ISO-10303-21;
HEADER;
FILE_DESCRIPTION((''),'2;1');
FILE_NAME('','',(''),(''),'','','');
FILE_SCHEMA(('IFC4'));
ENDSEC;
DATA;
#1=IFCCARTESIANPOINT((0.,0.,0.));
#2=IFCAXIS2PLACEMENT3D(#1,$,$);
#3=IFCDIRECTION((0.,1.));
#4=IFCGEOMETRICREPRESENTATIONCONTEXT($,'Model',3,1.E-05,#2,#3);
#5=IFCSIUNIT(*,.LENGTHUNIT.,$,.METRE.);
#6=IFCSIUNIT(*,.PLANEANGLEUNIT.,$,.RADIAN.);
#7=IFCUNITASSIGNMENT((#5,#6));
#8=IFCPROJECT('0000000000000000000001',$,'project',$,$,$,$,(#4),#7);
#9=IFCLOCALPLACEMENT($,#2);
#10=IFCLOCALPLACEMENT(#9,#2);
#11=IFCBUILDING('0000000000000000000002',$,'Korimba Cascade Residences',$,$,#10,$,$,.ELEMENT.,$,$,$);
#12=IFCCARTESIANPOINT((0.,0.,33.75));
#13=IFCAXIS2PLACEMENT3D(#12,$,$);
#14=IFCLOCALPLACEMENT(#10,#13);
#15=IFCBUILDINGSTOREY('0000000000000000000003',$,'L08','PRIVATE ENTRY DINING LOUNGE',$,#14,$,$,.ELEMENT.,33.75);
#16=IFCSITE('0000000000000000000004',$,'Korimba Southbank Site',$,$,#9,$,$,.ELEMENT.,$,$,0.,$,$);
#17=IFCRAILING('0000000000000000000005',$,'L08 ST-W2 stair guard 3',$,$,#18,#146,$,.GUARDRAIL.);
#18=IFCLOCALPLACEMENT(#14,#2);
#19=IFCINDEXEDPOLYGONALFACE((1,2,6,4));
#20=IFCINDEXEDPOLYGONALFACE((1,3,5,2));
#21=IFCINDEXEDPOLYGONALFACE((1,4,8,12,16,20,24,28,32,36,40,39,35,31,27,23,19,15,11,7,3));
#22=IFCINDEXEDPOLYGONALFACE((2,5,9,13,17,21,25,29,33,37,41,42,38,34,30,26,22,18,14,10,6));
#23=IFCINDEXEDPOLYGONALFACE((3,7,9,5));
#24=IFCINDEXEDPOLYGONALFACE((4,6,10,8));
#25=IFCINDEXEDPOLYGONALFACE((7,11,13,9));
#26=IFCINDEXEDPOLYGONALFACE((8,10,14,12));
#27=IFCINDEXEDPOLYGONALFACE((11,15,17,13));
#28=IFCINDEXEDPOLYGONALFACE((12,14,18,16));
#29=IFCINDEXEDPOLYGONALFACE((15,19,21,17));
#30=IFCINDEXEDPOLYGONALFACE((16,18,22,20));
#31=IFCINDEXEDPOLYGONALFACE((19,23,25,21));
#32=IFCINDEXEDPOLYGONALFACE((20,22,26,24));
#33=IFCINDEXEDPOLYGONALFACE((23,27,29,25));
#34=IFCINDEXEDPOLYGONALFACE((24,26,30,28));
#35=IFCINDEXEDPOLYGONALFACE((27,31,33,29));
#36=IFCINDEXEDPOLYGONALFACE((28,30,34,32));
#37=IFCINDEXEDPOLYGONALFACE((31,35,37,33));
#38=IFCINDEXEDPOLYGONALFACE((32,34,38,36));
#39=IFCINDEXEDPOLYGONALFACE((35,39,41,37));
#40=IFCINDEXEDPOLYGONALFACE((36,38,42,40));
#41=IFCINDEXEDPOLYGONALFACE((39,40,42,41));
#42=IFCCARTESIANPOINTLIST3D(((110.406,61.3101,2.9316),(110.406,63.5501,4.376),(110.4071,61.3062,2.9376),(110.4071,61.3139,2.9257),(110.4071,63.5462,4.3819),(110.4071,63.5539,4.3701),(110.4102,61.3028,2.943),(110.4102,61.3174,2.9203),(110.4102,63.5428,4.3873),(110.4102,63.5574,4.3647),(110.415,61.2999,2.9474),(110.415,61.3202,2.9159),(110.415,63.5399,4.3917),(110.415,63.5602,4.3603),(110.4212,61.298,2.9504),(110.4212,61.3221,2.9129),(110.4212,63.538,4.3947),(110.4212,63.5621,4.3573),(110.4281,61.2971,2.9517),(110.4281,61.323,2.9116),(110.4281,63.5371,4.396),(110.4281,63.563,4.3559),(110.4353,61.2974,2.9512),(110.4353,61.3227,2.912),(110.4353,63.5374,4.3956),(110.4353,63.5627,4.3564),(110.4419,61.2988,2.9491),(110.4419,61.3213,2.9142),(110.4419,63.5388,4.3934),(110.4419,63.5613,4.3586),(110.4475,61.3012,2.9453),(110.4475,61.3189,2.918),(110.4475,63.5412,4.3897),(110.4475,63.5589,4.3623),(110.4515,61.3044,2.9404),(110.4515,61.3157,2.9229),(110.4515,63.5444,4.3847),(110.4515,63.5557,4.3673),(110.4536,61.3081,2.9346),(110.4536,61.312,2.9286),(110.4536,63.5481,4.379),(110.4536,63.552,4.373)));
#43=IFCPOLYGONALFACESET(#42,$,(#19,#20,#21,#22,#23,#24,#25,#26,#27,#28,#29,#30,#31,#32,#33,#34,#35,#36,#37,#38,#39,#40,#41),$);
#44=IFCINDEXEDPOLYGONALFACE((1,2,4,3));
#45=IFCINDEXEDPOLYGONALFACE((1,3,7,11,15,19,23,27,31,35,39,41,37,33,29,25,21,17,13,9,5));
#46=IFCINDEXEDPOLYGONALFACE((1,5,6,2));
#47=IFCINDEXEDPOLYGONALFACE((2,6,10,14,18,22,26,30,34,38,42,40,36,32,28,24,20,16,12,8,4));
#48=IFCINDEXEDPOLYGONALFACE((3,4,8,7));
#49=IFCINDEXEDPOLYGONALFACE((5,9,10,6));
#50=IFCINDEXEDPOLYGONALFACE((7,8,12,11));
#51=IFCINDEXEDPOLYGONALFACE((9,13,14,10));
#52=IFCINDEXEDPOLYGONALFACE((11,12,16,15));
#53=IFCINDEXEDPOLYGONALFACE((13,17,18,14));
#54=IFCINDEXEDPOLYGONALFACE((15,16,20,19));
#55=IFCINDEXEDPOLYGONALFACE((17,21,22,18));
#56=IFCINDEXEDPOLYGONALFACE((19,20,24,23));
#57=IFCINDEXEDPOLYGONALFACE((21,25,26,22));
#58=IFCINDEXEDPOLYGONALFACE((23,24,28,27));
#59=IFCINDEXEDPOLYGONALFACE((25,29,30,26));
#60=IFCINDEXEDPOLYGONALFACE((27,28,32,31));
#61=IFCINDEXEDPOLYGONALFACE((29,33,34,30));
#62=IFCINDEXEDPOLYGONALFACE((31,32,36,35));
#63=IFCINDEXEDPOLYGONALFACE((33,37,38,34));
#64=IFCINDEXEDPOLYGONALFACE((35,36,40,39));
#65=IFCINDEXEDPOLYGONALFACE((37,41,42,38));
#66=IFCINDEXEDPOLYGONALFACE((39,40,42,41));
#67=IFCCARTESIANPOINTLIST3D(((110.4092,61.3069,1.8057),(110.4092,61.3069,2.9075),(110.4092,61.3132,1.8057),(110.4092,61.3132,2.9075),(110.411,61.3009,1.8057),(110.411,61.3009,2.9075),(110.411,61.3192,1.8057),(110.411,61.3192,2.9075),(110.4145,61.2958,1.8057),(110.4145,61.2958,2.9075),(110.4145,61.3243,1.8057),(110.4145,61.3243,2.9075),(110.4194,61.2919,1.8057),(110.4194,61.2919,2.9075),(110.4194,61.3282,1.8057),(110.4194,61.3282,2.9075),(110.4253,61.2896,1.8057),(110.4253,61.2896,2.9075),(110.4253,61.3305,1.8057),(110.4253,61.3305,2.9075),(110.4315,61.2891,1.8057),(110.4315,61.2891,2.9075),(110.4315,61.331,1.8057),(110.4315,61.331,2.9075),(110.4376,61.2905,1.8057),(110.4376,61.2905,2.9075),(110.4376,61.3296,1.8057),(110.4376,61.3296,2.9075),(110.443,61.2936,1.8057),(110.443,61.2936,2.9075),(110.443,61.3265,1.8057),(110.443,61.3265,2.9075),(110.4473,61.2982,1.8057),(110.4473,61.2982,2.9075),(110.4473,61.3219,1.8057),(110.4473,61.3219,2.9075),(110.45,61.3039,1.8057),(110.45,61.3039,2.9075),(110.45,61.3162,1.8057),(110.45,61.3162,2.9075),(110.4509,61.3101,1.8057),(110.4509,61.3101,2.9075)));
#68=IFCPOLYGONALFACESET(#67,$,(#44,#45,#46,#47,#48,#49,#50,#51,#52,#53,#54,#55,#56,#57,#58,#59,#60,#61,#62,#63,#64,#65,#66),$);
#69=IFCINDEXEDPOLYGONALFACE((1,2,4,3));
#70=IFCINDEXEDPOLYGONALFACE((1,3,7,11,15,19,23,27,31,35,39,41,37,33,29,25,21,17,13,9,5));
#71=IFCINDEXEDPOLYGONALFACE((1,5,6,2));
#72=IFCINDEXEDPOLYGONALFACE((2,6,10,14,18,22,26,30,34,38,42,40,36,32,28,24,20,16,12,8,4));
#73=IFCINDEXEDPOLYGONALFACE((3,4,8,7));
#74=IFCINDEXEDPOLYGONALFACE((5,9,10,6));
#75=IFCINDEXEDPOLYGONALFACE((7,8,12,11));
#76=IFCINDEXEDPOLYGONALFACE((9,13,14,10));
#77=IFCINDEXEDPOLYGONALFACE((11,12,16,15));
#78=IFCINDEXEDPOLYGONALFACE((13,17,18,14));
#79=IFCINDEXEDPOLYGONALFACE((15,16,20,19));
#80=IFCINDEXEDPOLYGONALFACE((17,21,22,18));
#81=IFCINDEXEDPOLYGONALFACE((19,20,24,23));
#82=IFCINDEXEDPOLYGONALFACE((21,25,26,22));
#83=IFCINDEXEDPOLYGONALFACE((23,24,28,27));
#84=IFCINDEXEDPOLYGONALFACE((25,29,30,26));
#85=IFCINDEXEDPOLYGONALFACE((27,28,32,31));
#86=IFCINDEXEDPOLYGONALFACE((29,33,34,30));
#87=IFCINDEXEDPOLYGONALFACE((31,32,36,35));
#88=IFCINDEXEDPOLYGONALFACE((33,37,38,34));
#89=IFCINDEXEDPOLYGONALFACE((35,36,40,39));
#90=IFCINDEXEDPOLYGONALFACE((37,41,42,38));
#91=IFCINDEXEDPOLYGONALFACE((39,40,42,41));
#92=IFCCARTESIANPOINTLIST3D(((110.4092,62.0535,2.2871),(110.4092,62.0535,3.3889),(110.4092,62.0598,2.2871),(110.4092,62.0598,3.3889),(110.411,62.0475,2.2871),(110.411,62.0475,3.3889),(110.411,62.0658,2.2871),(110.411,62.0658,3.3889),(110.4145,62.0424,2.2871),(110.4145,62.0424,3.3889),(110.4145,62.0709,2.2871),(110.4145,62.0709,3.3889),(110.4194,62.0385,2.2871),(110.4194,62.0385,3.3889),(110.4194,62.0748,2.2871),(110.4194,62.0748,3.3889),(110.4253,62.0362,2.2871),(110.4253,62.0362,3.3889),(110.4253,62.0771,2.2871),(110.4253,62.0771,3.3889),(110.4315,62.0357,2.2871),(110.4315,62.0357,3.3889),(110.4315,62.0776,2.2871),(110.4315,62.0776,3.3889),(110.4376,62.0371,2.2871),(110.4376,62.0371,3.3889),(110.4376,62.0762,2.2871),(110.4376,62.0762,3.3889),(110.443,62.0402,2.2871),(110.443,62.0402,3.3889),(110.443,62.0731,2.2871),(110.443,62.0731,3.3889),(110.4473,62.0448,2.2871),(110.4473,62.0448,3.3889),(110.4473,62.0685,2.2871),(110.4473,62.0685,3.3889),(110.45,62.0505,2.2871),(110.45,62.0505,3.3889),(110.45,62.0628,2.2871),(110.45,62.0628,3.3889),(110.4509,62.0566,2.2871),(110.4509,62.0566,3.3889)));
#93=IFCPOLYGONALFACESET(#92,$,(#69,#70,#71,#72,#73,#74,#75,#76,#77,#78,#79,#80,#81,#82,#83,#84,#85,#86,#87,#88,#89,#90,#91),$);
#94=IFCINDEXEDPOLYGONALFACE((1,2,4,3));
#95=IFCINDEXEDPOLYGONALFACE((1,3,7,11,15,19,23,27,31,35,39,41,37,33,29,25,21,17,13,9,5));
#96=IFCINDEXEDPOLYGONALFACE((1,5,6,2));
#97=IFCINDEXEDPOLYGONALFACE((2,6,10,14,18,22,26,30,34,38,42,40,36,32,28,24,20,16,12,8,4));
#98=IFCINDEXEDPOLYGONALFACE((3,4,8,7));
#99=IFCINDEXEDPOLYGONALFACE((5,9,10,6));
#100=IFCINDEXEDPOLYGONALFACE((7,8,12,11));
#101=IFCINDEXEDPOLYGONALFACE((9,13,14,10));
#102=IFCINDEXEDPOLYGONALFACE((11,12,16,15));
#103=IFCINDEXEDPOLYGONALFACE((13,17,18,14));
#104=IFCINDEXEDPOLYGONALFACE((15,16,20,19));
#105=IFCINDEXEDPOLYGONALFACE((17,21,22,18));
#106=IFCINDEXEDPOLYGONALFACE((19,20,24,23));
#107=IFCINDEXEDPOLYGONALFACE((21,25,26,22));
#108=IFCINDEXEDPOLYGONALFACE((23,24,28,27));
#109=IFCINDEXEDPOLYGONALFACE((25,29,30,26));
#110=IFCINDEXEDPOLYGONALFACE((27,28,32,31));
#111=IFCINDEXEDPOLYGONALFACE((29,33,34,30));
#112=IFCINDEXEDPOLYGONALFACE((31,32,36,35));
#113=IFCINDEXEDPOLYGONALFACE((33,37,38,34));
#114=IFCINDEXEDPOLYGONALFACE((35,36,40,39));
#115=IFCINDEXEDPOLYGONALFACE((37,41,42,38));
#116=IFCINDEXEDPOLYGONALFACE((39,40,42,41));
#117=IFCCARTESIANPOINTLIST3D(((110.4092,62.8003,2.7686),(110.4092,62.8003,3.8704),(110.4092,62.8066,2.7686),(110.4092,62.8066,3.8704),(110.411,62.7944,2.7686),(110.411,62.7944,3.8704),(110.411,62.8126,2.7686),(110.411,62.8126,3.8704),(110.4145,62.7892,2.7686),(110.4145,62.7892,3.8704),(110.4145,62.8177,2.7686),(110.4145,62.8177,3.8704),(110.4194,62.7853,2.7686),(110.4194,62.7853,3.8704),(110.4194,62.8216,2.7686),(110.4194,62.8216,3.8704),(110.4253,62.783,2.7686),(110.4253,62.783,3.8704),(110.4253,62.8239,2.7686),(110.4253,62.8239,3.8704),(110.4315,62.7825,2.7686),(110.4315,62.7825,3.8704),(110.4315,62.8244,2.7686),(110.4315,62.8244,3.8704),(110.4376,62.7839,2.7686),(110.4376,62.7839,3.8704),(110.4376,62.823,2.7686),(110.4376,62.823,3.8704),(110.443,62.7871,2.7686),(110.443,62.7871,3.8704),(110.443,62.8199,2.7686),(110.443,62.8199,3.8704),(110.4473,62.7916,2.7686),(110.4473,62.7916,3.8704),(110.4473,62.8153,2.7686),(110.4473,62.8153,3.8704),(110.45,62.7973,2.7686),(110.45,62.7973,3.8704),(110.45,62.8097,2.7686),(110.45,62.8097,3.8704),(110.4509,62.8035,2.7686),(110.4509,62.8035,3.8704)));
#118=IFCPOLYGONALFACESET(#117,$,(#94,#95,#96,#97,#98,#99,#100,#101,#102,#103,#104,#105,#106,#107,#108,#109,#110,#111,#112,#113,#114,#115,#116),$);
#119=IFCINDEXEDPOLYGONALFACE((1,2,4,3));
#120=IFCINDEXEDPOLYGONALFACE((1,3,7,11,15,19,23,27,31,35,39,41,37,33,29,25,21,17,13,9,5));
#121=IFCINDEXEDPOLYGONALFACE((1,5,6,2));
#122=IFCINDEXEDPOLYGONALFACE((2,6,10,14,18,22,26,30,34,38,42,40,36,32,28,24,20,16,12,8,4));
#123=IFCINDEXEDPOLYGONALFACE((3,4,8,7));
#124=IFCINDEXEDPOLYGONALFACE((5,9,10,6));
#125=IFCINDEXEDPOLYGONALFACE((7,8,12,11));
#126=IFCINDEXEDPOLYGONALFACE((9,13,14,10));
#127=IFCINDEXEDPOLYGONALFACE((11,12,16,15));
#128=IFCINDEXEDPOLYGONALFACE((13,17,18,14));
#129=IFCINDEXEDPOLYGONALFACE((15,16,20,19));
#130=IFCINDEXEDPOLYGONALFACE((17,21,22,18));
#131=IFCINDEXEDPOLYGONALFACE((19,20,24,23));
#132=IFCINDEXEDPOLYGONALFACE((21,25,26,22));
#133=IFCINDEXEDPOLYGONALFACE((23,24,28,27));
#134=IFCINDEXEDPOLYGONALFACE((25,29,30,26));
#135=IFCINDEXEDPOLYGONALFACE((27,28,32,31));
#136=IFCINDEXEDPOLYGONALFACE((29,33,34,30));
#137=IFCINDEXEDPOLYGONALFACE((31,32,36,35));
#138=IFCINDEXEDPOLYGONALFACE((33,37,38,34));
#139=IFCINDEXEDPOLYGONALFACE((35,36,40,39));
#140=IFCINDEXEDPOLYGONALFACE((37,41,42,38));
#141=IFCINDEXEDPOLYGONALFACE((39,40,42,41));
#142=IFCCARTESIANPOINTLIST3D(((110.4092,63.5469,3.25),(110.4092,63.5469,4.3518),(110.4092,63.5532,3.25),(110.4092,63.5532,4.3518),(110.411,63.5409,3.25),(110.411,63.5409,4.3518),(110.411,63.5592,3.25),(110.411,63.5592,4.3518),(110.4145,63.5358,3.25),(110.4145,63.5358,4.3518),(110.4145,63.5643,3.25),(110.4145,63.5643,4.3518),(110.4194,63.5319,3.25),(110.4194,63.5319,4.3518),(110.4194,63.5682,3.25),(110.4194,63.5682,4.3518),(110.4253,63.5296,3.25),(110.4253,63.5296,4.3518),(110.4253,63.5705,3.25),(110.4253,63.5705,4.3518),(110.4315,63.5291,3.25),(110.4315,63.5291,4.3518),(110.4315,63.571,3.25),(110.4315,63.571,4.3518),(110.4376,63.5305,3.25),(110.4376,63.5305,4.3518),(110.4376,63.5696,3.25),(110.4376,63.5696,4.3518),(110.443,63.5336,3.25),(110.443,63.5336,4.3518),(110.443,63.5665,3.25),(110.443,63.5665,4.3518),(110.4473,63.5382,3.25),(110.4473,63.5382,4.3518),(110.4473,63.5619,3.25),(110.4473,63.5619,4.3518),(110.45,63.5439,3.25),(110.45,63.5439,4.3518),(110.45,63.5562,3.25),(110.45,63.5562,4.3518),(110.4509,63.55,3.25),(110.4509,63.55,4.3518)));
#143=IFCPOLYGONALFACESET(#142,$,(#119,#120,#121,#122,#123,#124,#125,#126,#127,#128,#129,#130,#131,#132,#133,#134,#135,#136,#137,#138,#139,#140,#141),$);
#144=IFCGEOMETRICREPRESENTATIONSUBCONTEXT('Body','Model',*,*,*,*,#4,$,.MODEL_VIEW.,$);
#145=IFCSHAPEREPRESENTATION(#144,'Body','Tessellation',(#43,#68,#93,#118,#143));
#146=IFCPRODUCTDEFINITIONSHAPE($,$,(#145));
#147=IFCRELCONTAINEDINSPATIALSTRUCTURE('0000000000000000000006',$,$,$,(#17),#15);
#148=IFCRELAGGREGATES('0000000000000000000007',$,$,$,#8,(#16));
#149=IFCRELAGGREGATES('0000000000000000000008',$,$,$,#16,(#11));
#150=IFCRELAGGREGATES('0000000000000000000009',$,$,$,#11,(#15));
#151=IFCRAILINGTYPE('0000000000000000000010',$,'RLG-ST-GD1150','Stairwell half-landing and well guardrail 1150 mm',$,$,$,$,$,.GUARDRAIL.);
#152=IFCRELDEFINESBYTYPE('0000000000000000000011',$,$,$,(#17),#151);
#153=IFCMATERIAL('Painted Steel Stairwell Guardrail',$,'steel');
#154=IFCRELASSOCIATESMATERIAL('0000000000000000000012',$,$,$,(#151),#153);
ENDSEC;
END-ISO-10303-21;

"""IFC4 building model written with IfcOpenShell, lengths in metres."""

from ifc_helpers import new_model, si_unit, direction, frame, origin, origin_2d, place, context, subcontext, project, spatial, circle, extrude, material, type_object, element, save


model = new_model("IFC4")

# Units and contexts
model_context = context("Model", 3, precision=1e-05, world=origin(), true_north=direction((0.0, 1.0)))
body_context = subcontext(model_context, "Body", "Model", "MODEL_VIEW")
ifc_project = project(units=[si_unit("LENGTHUNIT", "METRE"), si_unit("PLANEANGLEUNIT", "RADIAN")], contexts=[model_context])

# Site, building, storey
site_placement = place(None, origin())
site = spatial("IfcSite", under=ifc_project, at=site_placement, Name="Korimba Southbank Site", CompositionType="ELEMENT", RefElevation=0.0)
building_placement = place(site_placement, origin())
building = spatial("IfcBuilding", under=site, at=building_placement, Name="Korimba Cascade Residences", CompositionType="ELEMENT")
storey_placement = place(building_placement, frame((0.0, 0.0, 33.75)))
storey = spatial("IfcBuildingStorey", under=building, at=storey_placement, Name="L08", Description="PRIVATE ENTRY DINING LOUNGE", CompositionType="ELEMENT", Elevation=33.75)

# Railing
ifc_material_1 = material(Name="Painted Steel Stairwell Guardrail", Category="steel")
railing_type_1 = type_object("IfcRailingType", Name="RLG-ST-GD1150", Description="Stairwell half-landing and well guardrail 1150 mm", PredefinedType="GUARDRAIL", material=ifc_material_1)
railing_1_placement = place(storey_placement, frame((110.4299, 61.3101, 1.8057)))
element("IfcRailing", 1, at=railing_1_placement, inside=storey, type_object=railing_type_1, Name="L08 ST-W2 stair guard 3", PredefinedType="GUARDRAIL", context=body_context, shape_type="SweptSolid", body=[
    extrude(circle(Radius=0.0239, at=origin_2d()), frame((0.0, 0.0, 1.126), z_axis=(0.0, 0.840437, 0.54191), x_axis=(-1.0, 0.0, 0.0)), (0.0, 0.0, 1.0), 2.6653),
    extrude(circle(Radius=0.021, at=origin_2d()), origin(), (0.0, 0.0, 1.0), 1.1018),
    extrude(circle(Radius=0.021, at=origin_2d()), frame((0.0, 0.7466, 0.4814)), (0.0, 0.0, 1.0), 1.1018),
    extrude(circle(Radius=0.021, at=origin_2d()), frame((0.0, 1.4934, 0.9629)), (0.0, 0.0, 1.0), 1.1018),
    extrude(circle(Radius=0.021, at=origin_2d()), frame((0.0, 2.24, 1.4443)), (0.0, 0.0, 1.0), 1.1018),
])

save(model, "model.ifc")
